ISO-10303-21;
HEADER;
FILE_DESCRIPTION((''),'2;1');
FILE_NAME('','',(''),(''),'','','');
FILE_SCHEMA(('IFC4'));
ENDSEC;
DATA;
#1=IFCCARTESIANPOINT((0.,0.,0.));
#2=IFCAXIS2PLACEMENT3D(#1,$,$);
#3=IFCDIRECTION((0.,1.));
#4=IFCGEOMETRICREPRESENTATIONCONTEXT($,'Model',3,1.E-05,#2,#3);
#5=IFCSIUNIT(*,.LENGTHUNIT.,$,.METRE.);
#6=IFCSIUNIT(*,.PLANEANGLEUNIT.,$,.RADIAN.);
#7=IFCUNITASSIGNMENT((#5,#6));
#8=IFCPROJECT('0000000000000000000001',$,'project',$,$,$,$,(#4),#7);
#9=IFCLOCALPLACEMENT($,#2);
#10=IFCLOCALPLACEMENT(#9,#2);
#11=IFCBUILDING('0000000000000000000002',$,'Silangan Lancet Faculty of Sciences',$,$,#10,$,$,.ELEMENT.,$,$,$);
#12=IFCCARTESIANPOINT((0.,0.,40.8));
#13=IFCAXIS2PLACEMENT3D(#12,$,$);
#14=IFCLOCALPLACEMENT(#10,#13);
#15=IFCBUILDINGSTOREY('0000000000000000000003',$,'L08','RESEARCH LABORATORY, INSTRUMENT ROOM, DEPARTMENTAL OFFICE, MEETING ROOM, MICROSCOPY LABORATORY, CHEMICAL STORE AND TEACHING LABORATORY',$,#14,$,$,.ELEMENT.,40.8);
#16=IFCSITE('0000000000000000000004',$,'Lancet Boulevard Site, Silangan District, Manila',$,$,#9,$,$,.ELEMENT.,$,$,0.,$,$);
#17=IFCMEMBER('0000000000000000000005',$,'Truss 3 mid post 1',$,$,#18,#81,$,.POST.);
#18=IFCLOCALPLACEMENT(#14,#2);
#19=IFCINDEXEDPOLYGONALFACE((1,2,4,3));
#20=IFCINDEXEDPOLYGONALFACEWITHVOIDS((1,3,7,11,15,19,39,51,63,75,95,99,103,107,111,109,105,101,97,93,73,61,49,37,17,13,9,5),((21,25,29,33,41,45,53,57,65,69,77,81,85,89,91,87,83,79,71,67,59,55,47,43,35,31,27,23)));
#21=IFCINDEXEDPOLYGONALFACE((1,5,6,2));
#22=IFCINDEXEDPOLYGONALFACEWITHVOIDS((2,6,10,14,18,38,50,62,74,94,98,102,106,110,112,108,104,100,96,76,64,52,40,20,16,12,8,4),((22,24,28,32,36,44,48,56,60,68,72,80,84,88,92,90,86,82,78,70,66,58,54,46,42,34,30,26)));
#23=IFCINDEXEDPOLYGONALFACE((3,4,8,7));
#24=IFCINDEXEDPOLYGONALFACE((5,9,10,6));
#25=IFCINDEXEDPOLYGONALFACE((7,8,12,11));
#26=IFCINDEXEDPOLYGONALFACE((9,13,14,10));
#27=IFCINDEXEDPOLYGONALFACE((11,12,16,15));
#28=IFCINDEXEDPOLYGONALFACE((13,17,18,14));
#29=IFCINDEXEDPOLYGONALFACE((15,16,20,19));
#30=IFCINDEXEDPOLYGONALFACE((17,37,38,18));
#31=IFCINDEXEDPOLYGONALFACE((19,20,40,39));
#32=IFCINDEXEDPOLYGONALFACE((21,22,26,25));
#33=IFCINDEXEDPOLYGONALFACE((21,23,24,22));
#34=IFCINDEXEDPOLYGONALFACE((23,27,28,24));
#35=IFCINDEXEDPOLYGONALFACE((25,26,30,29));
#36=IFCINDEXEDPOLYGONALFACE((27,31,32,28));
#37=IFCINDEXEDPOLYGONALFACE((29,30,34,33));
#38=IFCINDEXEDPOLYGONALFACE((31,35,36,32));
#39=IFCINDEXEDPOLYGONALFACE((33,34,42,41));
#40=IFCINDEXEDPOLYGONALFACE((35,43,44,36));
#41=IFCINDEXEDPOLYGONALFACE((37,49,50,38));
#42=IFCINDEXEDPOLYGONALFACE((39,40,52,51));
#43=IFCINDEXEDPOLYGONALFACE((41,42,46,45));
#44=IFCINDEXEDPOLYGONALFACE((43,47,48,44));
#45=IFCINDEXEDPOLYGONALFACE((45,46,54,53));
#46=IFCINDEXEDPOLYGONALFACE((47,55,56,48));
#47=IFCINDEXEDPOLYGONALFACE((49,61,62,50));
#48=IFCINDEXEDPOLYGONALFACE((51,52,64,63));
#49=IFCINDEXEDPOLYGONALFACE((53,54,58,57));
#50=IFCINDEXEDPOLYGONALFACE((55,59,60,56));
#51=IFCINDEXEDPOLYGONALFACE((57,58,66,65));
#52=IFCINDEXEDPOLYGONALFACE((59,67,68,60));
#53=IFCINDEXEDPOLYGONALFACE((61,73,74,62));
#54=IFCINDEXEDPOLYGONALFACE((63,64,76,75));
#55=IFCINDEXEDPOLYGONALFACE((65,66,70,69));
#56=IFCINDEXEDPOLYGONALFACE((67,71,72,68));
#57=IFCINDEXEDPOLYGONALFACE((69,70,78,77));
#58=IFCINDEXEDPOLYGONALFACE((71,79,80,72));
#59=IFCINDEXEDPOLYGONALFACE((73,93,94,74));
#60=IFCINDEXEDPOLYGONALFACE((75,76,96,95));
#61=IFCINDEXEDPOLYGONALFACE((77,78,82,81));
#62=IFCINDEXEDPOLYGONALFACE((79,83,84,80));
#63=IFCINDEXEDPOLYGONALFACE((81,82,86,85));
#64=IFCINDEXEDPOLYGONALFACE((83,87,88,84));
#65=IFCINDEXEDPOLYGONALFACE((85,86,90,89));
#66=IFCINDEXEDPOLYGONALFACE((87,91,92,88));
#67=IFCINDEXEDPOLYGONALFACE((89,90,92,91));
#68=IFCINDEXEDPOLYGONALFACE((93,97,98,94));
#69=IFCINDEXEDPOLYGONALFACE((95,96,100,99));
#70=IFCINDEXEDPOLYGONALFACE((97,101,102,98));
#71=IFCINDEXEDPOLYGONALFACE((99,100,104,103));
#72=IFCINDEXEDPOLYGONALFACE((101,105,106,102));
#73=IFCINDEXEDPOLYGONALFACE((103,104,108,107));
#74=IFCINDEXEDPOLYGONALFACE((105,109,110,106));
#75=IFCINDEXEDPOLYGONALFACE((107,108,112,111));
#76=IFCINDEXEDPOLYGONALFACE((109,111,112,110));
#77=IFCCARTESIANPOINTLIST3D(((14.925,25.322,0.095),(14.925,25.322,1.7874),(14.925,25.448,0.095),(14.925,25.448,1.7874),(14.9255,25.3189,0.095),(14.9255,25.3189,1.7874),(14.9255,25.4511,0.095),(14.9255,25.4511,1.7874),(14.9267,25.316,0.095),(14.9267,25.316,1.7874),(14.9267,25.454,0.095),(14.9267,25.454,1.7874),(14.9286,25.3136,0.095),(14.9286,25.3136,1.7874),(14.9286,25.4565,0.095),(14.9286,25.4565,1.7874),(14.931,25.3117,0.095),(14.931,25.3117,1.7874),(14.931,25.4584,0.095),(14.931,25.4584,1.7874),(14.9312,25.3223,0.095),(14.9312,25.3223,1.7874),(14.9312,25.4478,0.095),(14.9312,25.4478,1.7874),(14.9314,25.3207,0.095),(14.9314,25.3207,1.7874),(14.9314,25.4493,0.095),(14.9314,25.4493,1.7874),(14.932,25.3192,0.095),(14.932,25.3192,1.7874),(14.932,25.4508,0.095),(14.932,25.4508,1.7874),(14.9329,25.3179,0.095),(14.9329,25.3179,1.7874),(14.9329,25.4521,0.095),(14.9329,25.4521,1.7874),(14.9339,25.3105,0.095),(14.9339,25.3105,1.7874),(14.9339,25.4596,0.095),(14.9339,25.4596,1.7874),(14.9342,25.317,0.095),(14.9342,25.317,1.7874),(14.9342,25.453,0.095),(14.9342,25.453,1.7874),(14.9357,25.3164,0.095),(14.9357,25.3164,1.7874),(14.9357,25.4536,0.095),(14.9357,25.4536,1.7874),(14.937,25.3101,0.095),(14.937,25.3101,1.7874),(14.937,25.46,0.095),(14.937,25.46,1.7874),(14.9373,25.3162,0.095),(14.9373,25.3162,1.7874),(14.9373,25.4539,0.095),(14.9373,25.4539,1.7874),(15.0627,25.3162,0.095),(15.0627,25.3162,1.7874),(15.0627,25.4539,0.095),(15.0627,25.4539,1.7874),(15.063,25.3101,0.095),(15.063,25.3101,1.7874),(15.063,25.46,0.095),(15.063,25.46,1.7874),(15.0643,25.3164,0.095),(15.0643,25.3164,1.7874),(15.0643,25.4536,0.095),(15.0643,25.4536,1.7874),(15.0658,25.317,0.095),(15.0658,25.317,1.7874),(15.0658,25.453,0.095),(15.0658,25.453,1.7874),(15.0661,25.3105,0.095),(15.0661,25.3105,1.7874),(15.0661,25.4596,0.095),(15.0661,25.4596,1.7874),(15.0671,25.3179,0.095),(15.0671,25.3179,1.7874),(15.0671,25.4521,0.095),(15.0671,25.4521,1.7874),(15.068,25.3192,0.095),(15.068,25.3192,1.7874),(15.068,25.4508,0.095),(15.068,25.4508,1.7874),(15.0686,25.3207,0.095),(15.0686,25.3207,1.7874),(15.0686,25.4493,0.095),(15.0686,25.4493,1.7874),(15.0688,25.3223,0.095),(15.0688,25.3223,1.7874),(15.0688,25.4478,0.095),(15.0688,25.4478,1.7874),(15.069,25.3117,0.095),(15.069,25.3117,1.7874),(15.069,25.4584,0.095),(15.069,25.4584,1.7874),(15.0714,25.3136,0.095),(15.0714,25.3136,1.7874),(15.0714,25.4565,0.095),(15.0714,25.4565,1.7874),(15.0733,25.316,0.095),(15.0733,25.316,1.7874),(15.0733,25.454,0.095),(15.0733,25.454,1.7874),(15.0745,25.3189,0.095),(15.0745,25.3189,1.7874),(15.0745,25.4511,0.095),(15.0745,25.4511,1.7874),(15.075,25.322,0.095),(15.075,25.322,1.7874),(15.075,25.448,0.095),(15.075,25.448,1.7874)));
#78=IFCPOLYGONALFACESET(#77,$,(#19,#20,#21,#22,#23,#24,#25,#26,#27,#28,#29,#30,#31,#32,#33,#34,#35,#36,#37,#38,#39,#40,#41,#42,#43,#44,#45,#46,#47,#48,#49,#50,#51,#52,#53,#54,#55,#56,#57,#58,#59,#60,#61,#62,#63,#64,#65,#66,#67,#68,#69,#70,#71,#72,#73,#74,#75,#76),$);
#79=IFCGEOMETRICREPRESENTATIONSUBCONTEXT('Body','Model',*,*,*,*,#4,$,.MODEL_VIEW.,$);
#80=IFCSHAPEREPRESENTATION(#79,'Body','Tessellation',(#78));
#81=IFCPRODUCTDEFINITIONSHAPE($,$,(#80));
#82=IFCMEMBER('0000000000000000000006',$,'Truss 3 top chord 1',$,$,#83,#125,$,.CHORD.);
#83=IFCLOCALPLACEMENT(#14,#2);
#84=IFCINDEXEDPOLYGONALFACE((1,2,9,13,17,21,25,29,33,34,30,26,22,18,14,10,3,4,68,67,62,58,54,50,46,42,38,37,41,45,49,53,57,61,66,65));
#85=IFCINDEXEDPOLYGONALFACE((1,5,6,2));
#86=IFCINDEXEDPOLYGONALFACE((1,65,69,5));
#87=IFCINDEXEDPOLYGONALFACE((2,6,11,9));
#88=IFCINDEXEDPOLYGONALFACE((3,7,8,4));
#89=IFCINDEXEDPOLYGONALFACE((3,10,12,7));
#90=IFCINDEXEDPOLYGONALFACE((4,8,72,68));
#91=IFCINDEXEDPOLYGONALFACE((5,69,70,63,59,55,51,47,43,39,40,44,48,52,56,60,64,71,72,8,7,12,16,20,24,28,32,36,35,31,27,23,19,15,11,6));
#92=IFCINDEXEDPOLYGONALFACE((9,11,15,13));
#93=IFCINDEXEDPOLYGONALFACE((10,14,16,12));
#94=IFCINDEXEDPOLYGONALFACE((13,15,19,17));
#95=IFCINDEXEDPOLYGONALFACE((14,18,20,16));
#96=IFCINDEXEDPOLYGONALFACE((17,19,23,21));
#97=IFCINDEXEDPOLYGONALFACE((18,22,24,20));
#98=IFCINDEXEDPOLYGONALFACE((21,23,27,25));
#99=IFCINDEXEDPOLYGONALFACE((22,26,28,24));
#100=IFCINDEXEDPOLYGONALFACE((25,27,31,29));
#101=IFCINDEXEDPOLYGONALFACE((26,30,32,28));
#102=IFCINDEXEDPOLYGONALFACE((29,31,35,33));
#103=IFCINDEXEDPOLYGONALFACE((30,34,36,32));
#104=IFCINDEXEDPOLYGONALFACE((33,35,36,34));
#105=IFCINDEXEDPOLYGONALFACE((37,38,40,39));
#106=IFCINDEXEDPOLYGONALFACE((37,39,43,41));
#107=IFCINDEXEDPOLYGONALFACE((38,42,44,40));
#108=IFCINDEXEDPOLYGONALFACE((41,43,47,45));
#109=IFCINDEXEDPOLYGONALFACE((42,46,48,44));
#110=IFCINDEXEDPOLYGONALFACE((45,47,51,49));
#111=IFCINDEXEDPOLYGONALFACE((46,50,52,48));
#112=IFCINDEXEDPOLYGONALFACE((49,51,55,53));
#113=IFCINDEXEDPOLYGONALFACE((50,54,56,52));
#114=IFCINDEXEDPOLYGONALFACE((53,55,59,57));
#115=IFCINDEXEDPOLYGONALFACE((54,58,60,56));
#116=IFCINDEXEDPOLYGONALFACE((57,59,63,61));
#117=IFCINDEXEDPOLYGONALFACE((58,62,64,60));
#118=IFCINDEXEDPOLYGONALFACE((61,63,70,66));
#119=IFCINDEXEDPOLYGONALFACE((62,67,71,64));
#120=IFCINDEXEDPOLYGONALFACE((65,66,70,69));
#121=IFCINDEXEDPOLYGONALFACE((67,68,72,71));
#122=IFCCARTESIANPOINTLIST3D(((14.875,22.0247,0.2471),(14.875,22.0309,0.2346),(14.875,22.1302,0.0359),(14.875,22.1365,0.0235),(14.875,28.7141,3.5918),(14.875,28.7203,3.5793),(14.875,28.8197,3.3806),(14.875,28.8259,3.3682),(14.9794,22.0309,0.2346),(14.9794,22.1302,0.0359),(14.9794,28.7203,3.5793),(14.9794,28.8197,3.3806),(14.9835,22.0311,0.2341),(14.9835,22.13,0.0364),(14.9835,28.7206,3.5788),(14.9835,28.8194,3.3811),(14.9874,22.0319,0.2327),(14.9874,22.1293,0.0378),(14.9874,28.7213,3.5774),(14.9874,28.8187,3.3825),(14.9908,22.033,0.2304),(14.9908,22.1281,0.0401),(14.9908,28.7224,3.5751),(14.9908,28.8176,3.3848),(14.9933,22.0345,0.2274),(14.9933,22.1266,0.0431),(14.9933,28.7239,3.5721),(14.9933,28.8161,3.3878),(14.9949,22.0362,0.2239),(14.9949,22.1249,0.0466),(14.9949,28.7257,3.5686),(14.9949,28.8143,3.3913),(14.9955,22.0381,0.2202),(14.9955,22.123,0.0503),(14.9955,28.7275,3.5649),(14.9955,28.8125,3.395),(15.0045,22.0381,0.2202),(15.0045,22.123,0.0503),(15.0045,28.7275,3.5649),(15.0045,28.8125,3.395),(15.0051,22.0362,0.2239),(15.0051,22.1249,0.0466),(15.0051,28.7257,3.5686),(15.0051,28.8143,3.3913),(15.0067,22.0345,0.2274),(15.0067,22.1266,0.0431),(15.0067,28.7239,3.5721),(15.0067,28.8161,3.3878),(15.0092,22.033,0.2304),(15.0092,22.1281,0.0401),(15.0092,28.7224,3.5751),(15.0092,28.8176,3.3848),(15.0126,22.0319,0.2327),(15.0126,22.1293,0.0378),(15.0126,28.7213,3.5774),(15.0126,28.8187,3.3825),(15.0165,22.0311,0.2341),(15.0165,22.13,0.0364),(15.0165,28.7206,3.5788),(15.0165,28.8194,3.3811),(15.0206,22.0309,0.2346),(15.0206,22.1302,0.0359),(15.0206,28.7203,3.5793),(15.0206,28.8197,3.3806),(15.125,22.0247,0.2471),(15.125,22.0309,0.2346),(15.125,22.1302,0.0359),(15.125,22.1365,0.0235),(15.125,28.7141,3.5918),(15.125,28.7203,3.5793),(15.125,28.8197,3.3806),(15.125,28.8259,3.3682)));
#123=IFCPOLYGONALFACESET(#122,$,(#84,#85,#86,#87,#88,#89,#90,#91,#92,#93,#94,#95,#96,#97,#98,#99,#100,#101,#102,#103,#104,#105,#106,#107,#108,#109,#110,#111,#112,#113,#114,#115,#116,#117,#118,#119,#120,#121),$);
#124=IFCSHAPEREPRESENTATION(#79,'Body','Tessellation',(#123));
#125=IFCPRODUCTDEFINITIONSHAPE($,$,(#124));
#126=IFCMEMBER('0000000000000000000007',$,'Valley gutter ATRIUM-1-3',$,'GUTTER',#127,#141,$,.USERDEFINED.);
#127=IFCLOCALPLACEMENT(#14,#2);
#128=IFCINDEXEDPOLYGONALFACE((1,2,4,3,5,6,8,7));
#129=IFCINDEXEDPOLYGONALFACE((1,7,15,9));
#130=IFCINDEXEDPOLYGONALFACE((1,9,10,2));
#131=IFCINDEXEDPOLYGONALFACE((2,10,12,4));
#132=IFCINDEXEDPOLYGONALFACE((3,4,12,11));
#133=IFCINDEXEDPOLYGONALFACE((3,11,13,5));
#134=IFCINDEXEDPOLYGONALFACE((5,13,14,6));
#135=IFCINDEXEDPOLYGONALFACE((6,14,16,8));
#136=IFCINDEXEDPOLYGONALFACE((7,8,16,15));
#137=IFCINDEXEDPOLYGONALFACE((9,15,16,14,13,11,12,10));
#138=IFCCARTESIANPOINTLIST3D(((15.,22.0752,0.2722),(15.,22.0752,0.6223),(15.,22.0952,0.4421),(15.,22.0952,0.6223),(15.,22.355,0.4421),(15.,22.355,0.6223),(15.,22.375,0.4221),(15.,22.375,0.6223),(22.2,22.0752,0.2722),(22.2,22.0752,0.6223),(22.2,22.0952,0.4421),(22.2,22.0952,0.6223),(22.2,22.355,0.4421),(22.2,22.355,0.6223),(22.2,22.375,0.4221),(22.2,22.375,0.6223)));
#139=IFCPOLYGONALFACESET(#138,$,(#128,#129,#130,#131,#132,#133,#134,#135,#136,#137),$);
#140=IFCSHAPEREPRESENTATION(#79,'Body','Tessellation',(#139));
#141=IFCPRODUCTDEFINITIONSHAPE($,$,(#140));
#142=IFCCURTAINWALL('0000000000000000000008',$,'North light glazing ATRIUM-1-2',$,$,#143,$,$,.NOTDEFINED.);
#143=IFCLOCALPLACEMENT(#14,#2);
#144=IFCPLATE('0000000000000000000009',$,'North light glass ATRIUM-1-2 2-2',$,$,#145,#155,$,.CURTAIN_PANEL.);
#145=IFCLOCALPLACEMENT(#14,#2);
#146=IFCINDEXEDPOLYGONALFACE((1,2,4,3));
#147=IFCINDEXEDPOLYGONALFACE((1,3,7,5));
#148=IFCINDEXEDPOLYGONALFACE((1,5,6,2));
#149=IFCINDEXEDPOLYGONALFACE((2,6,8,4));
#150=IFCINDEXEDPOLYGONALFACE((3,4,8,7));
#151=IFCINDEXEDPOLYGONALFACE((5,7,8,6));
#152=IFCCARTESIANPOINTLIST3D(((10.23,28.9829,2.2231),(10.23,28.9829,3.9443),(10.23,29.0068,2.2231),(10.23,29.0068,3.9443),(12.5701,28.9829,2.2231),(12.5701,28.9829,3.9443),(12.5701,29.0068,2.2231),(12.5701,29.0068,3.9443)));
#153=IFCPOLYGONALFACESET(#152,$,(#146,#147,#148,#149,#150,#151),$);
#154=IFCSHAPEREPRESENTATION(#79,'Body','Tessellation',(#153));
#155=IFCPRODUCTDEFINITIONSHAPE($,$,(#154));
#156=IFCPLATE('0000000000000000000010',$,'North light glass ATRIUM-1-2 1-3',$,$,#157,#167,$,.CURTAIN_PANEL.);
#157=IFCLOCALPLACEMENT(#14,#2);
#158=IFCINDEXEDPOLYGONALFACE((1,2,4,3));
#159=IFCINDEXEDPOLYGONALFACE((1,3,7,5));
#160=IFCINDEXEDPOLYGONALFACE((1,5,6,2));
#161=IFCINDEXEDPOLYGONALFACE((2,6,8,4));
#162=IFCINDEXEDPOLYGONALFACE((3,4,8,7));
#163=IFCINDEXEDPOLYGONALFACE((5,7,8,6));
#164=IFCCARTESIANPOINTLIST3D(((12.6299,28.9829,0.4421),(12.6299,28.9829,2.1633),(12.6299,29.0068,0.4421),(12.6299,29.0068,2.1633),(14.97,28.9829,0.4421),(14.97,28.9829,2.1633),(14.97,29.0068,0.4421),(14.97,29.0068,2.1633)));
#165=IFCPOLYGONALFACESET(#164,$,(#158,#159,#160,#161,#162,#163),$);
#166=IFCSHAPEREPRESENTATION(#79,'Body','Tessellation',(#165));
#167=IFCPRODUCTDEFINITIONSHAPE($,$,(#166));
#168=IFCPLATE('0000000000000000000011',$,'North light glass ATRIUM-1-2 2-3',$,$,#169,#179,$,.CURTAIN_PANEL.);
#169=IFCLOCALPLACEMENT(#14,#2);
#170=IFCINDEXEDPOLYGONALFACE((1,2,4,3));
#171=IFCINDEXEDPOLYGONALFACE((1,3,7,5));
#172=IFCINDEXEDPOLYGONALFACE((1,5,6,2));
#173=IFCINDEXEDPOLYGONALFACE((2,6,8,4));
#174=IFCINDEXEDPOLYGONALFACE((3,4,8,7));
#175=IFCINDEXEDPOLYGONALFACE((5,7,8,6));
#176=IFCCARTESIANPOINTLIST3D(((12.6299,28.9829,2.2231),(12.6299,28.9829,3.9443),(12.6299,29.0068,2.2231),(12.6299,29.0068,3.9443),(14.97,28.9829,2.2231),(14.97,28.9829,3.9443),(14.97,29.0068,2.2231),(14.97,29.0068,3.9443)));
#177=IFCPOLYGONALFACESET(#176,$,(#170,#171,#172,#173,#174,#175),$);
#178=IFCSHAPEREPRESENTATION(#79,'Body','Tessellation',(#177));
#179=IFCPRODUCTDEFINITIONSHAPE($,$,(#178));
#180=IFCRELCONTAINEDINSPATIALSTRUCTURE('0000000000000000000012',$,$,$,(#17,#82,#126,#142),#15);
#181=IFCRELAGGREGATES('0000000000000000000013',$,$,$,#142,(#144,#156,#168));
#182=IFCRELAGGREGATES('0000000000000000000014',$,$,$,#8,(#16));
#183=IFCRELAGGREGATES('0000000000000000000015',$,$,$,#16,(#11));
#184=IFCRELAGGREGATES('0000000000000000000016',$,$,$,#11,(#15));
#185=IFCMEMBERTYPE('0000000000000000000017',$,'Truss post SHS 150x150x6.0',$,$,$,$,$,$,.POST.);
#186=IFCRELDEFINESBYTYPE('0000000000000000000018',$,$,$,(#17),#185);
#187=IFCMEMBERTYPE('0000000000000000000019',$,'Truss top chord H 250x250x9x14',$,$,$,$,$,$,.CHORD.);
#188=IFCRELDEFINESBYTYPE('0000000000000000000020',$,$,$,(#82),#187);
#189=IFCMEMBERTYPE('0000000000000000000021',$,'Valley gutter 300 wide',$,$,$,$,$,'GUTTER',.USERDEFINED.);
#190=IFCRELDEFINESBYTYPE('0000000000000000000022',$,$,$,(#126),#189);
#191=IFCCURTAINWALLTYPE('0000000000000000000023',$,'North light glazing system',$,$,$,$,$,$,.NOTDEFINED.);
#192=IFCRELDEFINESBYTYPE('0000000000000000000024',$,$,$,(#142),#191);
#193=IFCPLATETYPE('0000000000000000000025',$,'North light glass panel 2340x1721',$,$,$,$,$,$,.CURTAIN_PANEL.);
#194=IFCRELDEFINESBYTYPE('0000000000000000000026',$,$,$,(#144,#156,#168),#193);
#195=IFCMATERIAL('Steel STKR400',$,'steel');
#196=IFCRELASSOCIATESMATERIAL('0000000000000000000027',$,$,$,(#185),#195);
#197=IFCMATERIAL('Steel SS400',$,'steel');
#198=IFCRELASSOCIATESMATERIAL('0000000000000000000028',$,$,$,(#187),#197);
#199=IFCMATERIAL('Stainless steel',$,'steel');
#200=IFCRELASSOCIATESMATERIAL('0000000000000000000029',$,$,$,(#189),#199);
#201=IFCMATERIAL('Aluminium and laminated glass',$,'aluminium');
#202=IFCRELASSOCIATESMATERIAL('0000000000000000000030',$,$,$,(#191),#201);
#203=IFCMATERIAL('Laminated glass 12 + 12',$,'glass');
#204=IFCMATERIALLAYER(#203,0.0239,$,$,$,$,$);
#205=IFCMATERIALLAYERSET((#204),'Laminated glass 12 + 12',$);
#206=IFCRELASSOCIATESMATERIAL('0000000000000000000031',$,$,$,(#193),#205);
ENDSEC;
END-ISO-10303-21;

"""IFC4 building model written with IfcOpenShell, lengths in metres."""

from ifc_helpers import new_model, si_unit, direction, frame, origin, origin_2d, place, context, subcontext, project, spatial, polyline, hollow_rectangle, i_section, outline, extrude, material, layer, layer_set, material_profile, profile_set, type_object, element, aggregate, save


model = new_model("IFC4")

# Units and contexts
model_context = context("Model", 3, precision=1e-05, world=origin(), true_north=direction((0.0, 1.0)))
body_context = subcontext(model_context, "Body", "Model", "MODEL_VIEW")
ifc_project = project(units=[si_unit("LENGTHUNIT", "METRE"), si_unit("PLANEANGLEUNIT", "RADIAN")], contexts=[model_context])

# Site, building, storey
site_placement = place(None, origin())
site = spatial("IfcSite", under=ifc_project, at=site_placement, Name="Lancet Boulevard Site, Silangan District, Manila", CompositionType="ELEMENT", RefElevation=0.0)
building_placement = place(site_placement, origin())
building = spatial("IfcBuilding", under=site, at=building_placement, Name="Silangan Lancet Faculty of Sciences", CompositionType="ELEMENT")
storey_placement = place(building_placement, frame((0.0, 0.0, 40.8)))
storey = spatial("IfcBuildingStorey", under=building, at=storey_placement, Name="L08", Description="RESEARCH LABORATORY, INSTRUMENT ROOM, DEPARTMENTAL OFFICE, MEETING ROOM, MICROSCOPY LABORATORY, CHEMICAL STORE AND TEACHING LABORATORY", CompositionType="ELEMENT", Elevation=40.8)

# Members
ifc_material_1 = material(Name="Steel STKR400", Category="steel")
ifc_material_profile_1 = material_profile(ifc_material_1, hollow_rectangle(XDim=0.1499, YDim=0.1499, WallThickness=0.0061, InnerFilletRadius=0.0061, OuterFilletRadius=0.012, at=origin_2d()), Name="SHS 150x150x6.0")
ifc_profile_set_1 = profile_set([ifc_material_profile_1], Name="Steel STKR400")
member_type_1 = type_object("IfcMemberType", Name="Truss post SHS 150x150x6.0", PredefinedType="POST", material=ifc_profile_set_1)
member_1_placement = place(storey_placement, frame((15.0, 25.385, 0.095), z_axis=(0.0, 0.0, 1.0), x_axis=(1.0, 0.0, 0.0)))
element("IfcMember", 1, at=member_1_placement, inside=storey, type_object=member_type_1, Name="Truss 3 mid post 1", PredefinedType="POST", context=body_context, shape_type="SweptSolid", body=[
    extrude(hollow_rectangle(XDim=0.1499, YDim=0.1499, WallThickness=0.0061, InnerFilletRadius=0.0061, OuterFilletRadius=0.012, at=origin_2d()), origin(), (0.0, 0.0, 1.0), 1.6924),
])
ifc_material_2 = material(Name="Steel SS400", Category="steel")
ifc_material_profile_2 = material_profile(ifc_material_2, i_section(OverallWidth=0.25, OverallDepth=0.25, WebThickness=0.009, FlangeThickness=0.0139, FilletRadius=0.0161, at=origin_2d()), Name="H 250x250x9x14")
ifc_profile_set_2 = profile_set([ifc_material_profile_2], Name="Steel SS400")
member_type_2 = type_object("IfcMemberType", Name="Truss top chord H 250x250x9x14", PredefinedType="CHORD", material=ifc_profile_set_2)
member_2_placement = place(storey_placement, frame((15.0, 22.0806, 0.1353), z_axis=(0.0, 0.894427, 0.447214), x_axis=(-1.0, 0.0, 0.0)))
element("IfcMember", 2, at=member_2_placement, inside=storey, type_object=member_type_2, Name="Truss 3 top chord 1", PredefinedType="CHORD", context=body_context, shape_type="SweptSolid", body=[
    extrude(i_section(OverallWidth=0.25, OverallDepth=0.25, WebThickness=0.009, FlangeThickness=0.0139, FilletRadius=0.0161, at=origin_2d()), origin(), (0.0, 0.0, 1.0), 7.479),
])
ifc_material_3 = material(Name="Stainless steel", Category="steel")
ifc_material_profile_3 = material_profile(ifc_material_3, outline(polyline([(-0.1499, 0.0), (0.1499, 0.1499), (0.1499, 0.3501), (0.1299, 0.3501), (0.1299, 0.1699), (-0.1299, 0.1699), (-0.1299, 0.3501), (-0.1499, 0.3501), (-0.1499, 0.0)])), Name="valley gutter")
ifc_profile_set_3 = profile_set([ifc_material_profile_3], Name="Stainless steel")
member_type_3 = type_object("IfcMemberType", Name="Valley gutter 300 wide", ElementType="GUTTER", PredefinedType="USERDEFINED", material=ifc_profile_set_3)
member_3_placement = place(storey_placement, frame((15.0, 22.2251, 0.2722), z_axis=(1.0, 0.0, 0.0), x_axis=(0.0, 1.0, 0.0)))
element("IfcMember", 3, at=member_3_placement, inside=storey, type_object=member_type_3, Name="Valley gutter ATRIUM-1-3", ObjectType="GUTTER", PredefinedType="USERDEFINED", context=body_context, shape_type="SweptSolid", body=[
    extrude(outline(polyline([(-0.1499, 0.0), (0.1499, 0.1499), (0.1499, 0.3501), (0.1299, 0.3501), (0.1299, 0.1699), (-0.1299, 0.1699), (-0.1299, 0.3501), (-0.1499, 0.3501), (-0.1499, 0.0)])), origin(), (0.0, 0.0, 1.0), 7.2),
])

# Curtain wall, plates
ifc_material_4 = material(Name="Aluminium and laminated glass", Category="aluminium")
curtain_wall_type = type_object("IfcCurtainWallType", Name="North light glazing system", PredefinedType="NOTDEFINED", material=ifc_material_4)
curtain_wall_placement = place(storey_placement, origin())
curtain_wall = element("IfcCurtainWall", 4, at=curtain_wall_placement, inside=storey, type_object=curtain_wall_type, Name="North light glazing ATRIUM-1-2", PredefinedType="NOTDEFINED")
ifc_material_5 = material(Name="Laminated glass 12 + 12", Category="glass")
ifc_layer_1 = layer(ifc_material_5, 0.0239)
ifc_layer_set_1 = layer_set([ifc_layer_1], Name="Laminated glass 12 + 12")
plate_type = type_object("IfcPlateType", Name="North light glass panel 2340x1721", PredefinedType="CURTAIN_PANEL", material=ifc_layer_set_1)
plate_1_placement = place(storey_placement, frame((10.23, 28.9829, 2.2231), z_axis=(0.0, -1.0, 0.0), x_axis=(1.0, 0.0, 0.0)))
plate_1 = element("IfcPlate", 5, at=plate_1_placement, type_object=plate_type, Name="North light glass ATRIUM-1-2 2-2", PredefinedType="CURTAIN_PANEL", context=body_context, shape_type="SweptSolid", body=[
    extrude(outline(polyline([(0.0, 0.0), (2.3401, 0.0), (2.3401, 1.7212), (0.0, 1.7212), (0.0, 0.0)])), origin(), (0.0, 0.0, -1.0), 0.0239),
])
plate_2_placement = place(storey_placement, frame((12.6299, 28.9829, 0.4421), z_axis=(0.0, -1.0, 0.0), x_axis=(1.0, 0.0, 0.0)))
plate_2 = element("IfcPlate", 6, at=plate_2_placement, type_object=plate_type, Name="North light glass ATRIUM-1-2 1-3", PredefinedType="CURTAIN_PANEL", context=body_context, shape_type="SweptSolid", body=[
    extrude(outline(polyline([(0.0, 0.0), (2.3401, 0.0), (2.3401, 1.7212), (0.0, 1.7212), (0.0, 0.0)])), origin(), (0.0, 0.0, -1.0), 0.0239),
])
plate_3_placement = place(storey_placement, frame((12.6299, 28.9829, 2.2231), z_axis=(0.0, -1.0, 0.0), x_axis=(1.0, 0.0, 0.0)))
plate_3 = element("IfcPlate", 7, at=plate_3_placement, type_object=plate_type, Name="North light glass ATRIUM-1-2 2-3", PredefinedType="CURTAIN_PANEL", context=body_context, shape_type="SweptSolid", body=[
    extrude(outline(polyline([(0.0, 0.0), (2.3401, 0.0), (2.3401, 1.7212), (0.0, 1.7212), (0.0, 0.0)])), origin(), (0.0, 0.0, -1.0), 0.0239),
])
aggregate(curtain_wall, [plate_1, plate_2, plate_3])

save(model, "model.ifc")
